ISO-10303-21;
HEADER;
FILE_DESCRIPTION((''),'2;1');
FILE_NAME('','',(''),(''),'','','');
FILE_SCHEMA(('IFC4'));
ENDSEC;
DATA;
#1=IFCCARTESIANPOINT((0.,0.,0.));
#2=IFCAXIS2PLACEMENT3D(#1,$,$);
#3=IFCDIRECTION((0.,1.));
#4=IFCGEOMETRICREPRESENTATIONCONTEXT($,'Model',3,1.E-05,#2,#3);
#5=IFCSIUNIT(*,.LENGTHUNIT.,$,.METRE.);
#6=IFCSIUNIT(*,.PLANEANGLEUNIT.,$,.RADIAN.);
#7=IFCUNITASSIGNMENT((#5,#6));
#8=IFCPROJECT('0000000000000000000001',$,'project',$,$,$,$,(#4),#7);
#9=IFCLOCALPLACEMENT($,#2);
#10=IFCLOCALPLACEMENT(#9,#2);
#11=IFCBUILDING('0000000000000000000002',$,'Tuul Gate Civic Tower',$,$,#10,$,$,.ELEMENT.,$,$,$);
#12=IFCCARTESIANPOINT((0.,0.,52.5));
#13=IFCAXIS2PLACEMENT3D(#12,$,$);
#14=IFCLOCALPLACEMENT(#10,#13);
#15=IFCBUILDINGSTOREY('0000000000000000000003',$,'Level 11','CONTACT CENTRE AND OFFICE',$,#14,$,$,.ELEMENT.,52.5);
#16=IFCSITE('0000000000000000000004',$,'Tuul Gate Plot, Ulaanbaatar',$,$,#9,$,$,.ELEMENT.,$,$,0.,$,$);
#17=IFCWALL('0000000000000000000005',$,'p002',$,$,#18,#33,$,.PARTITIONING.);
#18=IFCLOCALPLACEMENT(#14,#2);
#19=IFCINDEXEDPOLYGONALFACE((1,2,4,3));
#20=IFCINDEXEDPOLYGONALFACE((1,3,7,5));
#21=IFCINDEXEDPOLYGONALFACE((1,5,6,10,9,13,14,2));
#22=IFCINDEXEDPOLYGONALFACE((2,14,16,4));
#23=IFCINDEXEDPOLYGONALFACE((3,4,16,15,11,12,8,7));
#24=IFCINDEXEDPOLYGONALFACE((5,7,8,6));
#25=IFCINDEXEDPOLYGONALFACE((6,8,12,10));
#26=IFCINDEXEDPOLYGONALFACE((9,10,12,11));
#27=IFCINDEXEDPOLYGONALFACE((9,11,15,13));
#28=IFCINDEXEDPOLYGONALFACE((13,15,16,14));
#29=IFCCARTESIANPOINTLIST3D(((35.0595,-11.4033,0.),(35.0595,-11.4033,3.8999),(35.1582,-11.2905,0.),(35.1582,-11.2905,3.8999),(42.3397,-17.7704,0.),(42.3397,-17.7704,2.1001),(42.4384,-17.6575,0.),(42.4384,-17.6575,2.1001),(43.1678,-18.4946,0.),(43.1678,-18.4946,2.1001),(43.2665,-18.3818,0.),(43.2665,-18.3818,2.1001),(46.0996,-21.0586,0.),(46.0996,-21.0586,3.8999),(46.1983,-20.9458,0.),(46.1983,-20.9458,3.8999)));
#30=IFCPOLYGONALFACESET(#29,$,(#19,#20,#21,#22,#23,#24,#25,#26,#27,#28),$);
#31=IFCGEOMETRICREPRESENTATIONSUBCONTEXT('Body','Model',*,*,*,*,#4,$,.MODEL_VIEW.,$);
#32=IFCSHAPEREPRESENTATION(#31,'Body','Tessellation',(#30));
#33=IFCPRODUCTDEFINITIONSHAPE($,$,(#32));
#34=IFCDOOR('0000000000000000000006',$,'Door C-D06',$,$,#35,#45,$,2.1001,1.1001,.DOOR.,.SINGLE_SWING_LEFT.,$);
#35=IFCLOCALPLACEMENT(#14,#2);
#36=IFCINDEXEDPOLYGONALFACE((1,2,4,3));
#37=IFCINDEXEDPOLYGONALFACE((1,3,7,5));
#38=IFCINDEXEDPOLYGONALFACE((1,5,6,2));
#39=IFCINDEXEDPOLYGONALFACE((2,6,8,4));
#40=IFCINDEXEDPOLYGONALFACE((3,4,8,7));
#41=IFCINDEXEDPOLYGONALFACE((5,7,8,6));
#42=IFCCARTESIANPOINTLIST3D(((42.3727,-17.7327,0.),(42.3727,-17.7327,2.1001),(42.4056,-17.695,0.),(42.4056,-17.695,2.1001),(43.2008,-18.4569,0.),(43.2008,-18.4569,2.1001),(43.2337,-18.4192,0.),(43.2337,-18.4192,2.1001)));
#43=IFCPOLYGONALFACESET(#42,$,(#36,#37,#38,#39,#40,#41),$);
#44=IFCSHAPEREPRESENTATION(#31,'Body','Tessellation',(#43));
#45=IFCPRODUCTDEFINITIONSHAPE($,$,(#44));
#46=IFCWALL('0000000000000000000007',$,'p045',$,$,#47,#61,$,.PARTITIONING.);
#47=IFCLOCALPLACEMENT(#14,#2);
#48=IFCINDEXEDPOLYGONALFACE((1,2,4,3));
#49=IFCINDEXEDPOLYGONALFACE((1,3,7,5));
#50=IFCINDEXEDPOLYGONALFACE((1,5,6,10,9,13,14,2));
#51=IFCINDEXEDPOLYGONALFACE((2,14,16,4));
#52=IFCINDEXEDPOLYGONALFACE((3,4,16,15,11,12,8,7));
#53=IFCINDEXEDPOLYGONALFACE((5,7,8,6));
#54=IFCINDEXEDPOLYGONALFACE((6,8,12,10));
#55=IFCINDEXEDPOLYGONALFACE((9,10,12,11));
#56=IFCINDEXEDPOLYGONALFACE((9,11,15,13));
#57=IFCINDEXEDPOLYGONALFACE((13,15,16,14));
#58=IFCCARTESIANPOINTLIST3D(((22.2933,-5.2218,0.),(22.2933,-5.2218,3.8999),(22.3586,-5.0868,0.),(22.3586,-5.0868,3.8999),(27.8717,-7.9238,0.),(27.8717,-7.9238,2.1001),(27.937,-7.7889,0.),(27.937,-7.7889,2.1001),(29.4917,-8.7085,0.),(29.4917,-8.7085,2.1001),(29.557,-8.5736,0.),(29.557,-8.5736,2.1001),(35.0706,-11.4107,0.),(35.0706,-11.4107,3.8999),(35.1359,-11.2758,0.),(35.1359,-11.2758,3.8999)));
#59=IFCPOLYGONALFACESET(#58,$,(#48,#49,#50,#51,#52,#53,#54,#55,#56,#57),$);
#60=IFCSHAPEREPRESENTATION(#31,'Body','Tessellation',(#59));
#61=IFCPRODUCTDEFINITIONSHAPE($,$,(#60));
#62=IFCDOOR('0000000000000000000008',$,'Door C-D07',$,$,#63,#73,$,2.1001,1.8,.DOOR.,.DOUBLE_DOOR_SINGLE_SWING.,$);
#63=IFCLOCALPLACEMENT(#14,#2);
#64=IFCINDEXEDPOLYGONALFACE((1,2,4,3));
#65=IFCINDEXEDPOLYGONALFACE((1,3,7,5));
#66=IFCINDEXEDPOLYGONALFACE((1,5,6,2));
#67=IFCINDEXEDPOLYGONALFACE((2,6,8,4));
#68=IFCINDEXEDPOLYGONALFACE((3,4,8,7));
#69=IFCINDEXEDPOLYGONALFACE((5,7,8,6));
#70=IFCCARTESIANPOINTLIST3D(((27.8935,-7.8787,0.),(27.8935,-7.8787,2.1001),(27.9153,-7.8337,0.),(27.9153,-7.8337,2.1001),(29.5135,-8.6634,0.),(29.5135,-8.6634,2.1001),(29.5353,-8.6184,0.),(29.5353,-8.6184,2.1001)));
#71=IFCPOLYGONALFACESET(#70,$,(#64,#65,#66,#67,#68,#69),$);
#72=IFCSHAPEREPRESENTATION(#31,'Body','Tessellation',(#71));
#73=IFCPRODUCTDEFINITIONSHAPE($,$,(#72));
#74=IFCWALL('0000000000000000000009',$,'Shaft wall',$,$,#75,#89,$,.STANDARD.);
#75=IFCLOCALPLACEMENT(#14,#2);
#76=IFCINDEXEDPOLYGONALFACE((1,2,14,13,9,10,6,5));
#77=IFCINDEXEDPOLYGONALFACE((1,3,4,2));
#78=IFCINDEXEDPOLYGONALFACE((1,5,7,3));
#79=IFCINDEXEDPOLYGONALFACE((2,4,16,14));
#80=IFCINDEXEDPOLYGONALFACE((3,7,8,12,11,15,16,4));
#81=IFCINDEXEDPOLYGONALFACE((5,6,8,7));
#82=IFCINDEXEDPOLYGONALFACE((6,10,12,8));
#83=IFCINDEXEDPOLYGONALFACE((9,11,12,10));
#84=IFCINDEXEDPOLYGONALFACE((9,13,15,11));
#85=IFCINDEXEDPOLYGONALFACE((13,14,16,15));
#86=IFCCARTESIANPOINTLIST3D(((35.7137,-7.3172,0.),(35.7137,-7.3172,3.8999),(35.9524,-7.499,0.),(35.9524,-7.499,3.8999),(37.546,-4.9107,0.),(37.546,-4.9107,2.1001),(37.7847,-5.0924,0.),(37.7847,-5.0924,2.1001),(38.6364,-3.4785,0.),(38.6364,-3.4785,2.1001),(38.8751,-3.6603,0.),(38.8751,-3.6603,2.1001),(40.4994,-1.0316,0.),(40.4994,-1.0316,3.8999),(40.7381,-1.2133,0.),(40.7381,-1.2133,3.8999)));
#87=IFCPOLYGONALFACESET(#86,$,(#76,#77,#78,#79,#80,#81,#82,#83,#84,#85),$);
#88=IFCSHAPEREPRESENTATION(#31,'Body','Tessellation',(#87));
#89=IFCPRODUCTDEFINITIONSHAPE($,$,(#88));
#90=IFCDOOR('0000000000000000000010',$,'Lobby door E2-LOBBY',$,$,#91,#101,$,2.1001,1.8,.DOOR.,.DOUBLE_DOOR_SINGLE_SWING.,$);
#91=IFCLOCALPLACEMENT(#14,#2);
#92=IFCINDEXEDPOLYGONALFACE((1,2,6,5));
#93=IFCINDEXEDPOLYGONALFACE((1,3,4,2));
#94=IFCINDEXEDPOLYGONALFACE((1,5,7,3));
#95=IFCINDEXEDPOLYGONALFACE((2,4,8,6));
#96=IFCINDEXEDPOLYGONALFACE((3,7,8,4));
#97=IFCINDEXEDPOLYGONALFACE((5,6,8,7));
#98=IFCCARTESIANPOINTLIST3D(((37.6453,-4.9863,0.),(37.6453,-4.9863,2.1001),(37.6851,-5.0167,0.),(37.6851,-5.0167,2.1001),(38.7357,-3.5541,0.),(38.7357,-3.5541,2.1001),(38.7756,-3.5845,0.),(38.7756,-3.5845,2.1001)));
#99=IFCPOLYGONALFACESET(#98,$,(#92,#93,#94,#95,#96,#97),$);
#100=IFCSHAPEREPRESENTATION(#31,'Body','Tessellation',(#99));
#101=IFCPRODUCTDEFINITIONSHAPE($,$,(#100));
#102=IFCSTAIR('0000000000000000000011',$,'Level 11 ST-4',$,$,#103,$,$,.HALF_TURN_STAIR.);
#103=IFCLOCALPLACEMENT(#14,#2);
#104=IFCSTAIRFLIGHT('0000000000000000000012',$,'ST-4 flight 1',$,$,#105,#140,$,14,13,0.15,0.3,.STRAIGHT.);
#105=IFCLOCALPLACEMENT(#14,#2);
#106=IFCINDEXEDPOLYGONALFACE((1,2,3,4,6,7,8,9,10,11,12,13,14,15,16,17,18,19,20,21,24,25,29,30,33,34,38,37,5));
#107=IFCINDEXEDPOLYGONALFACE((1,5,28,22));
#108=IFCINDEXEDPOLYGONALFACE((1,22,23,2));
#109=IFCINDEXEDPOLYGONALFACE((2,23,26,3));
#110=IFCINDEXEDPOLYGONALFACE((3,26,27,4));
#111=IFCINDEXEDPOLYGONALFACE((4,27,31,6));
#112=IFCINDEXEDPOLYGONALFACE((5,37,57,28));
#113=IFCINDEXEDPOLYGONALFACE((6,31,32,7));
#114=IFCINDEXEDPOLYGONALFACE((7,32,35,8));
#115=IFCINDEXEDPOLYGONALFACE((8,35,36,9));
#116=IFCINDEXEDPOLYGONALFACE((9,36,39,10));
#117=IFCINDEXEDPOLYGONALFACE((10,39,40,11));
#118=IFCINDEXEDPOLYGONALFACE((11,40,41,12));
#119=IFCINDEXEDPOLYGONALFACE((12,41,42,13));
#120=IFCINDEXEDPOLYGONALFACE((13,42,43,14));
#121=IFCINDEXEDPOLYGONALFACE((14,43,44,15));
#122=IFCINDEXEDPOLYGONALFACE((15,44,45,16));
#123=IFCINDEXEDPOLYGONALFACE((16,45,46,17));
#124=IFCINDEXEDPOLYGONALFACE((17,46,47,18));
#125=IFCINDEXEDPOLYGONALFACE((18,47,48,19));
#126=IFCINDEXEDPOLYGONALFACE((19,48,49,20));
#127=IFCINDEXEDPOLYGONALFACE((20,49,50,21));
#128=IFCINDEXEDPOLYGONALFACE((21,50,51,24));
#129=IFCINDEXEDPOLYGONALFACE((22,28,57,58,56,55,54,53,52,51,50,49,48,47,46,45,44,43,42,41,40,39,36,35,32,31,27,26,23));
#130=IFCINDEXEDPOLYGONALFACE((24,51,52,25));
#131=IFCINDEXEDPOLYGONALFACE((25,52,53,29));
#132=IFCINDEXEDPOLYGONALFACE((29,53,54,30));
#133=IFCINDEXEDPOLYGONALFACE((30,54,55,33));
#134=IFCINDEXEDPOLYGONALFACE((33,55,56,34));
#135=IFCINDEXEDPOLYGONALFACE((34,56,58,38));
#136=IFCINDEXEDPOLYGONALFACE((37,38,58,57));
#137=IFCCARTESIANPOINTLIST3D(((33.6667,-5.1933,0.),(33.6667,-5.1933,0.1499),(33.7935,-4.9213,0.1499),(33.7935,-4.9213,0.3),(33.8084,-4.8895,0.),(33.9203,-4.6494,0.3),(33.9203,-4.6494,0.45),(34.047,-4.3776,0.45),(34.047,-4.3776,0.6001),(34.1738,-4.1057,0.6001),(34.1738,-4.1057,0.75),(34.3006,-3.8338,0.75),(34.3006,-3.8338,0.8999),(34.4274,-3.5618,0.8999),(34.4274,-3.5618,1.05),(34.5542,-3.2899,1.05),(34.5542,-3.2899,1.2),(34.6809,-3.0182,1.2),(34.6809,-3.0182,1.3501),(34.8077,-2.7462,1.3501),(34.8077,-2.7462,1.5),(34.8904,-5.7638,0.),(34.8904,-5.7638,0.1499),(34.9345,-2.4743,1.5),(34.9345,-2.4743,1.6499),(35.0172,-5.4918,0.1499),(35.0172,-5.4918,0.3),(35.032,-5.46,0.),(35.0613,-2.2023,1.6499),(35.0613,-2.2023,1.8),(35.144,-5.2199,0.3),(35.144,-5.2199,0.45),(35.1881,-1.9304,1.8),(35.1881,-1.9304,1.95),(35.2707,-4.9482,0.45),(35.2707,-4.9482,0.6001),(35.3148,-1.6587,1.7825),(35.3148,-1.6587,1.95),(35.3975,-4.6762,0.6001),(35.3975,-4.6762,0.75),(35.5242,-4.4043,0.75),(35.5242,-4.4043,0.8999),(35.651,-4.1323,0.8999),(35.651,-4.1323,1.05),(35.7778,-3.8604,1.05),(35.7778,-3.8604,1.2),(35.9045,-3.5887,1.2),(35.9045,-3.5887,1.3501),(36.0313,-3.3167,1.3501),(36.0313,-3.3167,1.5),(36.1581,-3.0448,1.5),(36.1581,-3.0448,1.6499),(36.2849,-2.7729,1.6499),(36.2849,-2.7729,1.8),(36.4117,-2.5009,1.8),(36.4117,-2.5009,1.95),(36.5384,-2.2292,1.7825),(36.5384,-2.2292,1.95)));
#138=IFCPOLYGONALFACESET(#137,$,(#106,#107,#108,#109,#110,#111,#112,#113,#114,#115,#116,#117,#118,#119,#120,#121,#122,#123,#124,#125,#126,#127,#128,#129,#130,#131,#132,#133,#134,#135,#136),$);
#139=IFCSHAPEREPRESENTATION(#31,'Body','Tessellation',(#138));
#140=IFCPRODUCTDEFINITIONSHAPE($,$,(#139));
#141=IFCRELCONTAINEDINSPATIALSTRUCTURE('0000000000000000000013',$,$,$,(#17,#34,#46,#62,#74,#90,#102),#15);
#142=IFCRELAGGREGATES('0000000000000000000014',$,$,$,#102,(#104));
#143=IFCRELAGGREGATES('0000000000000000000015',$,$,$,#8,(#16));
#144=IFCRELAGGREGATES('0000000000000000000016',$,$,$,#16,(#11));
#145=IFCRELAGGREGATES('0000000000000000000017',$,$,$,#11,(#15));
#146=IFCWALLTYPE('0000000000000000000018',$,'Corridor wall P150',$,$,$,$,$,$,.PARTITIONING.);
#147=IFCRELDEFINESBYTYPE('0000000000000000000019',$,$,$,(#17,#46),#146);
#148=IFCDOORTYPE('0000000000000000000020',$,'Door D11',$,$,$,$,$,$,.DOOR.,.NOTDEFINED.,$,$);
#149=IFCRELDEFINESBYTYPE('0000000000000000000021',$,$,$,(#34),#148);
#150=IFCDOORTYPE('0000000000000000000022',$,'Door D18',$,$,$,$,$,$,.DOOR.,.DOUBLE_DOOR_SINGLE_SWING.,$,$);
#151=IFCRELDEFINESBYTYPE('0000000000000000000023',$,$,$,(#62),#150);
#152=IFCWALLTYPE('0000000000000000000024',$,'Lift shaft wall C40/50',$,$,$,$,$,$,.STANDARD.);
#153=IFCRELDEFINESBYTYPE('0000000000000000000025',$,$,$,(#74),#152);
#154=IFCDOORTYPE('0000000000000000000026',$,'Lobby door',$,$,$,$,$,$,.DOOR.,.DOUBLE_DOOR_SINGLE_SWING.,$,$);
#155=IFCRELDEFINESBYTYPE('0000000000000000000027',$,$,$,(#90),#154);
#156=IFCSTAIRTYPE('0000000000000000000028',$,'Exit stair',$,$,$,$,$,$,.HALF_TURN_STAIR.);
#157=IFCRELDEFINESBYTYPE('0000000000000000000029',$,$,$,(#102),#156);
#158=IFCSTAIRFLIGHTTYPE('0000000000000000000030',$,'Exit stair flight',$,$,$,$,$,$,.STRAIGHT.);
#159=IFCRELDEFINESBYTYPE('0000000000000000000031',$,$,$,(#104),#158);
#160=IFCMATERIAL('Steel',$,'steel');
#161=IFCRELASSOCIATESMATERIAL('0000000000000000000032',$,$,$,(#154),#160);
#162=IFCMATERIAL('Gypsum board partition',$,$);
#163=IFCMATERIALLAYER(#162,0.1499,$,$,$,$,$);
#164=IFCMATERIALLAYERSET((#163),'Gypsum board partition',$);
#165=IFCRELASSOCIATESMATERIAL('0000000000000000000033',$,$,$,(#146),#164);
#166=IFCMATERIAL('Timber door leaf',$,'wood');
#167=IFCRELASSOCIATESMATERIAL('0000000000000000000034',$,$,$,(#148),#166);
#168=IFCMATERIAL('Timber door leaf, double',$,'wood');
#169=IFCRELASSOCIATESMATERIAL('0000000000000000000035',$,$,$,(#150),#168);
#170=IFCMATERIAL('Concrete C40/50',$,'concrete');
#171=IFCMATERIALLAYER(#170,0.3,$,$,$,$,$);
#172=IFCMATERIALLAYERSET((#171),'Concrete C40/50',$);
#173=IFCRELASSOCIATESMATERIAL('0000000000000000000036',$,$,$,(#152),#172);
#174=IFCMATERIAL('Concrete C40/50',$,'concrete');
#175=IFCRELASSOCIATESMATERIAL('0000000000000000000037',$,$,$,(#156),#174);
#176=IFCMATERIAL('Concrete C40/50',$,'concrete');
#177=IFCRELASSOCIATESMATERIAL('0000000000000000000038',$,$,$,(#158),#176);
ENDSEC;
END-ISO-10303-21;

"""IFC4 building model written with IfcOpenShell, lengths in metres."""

from ifc_helpers import new_model, si_unit, direction, frame, frame_2d, origin, place, context, subcontext, project, spatial, polyline, rectangle, outline, extrude, material, layer, layer_set, type_object, element, fill, aggregate, save


model = new_model("IFC4")

# Units and contexts
model_context = context("Model", 3, precision=1e-05, world=origin(), true_north=direction((0.0, 1.0)))
body_context = subcontext(model_context, "Body", "Model", "MODEL_VIEW")
ifc_project = project(units=[si_unit("LENGTHUNIT", "METRE"), si_unit("PLANEANGLEUNIT", "RADIAN")], contexts=[model_context])

# Site, building, storey
site_placement = place(None, origin())
site = spatial("IfcSite", under=ifc_project, at=site_placement, Name="Tuul Gate Plot, Ulaanbaatar", CompositionType="ELEMENT", RefElevation=0.0)
building_placement = place(site_placement, origin())
building = spatial("IfcBuilding", under=site, at=building_placement, Name="Tuul Gate Civic Tower", CompositionType="ELEMENT")
storey_placement = place(building_placement, frame((0.0, 0.0, 52.5)))
storey = spatial("IfcBuildingStorey", under=building, at=storey_placement, Name="Level 11", Description="CONTACT CENTRE AND OFFICE", CompositionType="ELEMENT", Elevation=52.5)

# Shared definitions
ifc_material_1 = material(Name="Steel", Category="steel")
door_type_1 = type_object("IfcDoorType", Name="Lobby door", OperationType="DOUBLE_DOOR_SINGLE_SWING", PredefinedType="DOOR", material=ifc_material_1)

# Walls, openings, doors
ifc_material_2 = material(Name="Gypsum board partition")
ifc_layer_1 = layer(ifc_material_2, 0.1499)
ifc_layer_set_1 = layer_set([ifc_layer_1], Name="Gypsum board partition")
wall_type_1 = type_object("IfcWallType", Name="Corridor wall P150", PredefinedType="PARTITIONING", material=ifc_layer_set_1)
wall_1_placement = place(storey_placement, frame((35.1089, -11.3469, 0.0), z_axis=(0.0, 0.0, 1.0), x_axis=(0.752738, -0.658321, 0.0)))
wall_1 = element("IfcWall", 1, at=wall_1_placement, inside=storey, type_object=wall_type_1, Name="p002", PredefinedType="PARTITIONING", context=body_context, shape_type="SweptSolid", body=[
    extrude(rectangle(XDim=14.6665, YDim=0.1499, at=frame_2d((7.3333, 0.0))), origin(), (0.0, 0.0, 1.0), 3.8999),
])
opening_1_placement = place(wall_1_placement, frame((9.6716, 0.0, 0.0)))
opening_1 = element("IfcOpeningElement", 2, at=opening_1_placement, cuts=wall_1, PredefinedType="OPENING", context=body_context, shape_type="SweptSolid", body=[
    extrude(rectangle(XDim=1.1001, YDim=2.1001, at=frame_2d((0.55, 1.05))), frame((0.0, 0.085, 0.0), z_axis=(0.0, -1.0, 0.0), x_axis=(1.0, 0.0, 0.0)), (0.0, 0.0, 1.0), 0.1699),
])
ifc_material_3 = material(Name="Timber door leaf", Category="wood")
door_type_2 = type_object("IfcDoorType", Name="Door D11", OperationType="NOTDEFINED", PredefinedType="DOOR", material=ifc_material_3)
door_1_placement = place(opening_1_placement, frame((1.1001, 0.0, 0.0), z_axis=(0.0, 0.0, 1.0), x_axis=(-1.0, 0.0, 0.0)))
door_1 = element("IfcDoor", 3, at=door_1_placement, inside=storey, type_object=door_type_2, Name="Door C-D06", OperationType="SINGLE_SWING_LEFT", OverallHeight=2.1001, OverallWidth=1.1001, PredefinedType="DOOR", context=body_context, shape_type="SweptSolid", body=[
    extrude(rectangle(XDim=1.1001, YDim=2.1001, at=frame_2d((0.55, 1.05))), frame((0.0, 0.0249, 0.0), z_axis=(0.0, -1.0, 0.0), x_axis=(1.0, 0.0, 0.0)), (0.0, 0.0, 1.0), 0.05),
])
fill(opening_1, door_1)
wall_2_placement = place(storey_placement, frame((22.3259, -5.1543, 0.0), z_axis=(0.0, 0.0, 1.0), x_axis=(0.899983, -0.435925, 0.0)))
wall_2 = element("IfcWall", 4, at=wall_2_placement, inside=storey, type_object=wall_type_1, Name="p045", PredefinedType="PARTITIONING", context=body_context, shape_type="SweptSolid", body=[
    extrude(rectangle(XDim=14.1973, YDim=0.1499, at=frame_2d((7.0986, 0.0))), origin(), (0.0, 0.0, 1.0), 3.8999),
])
opening_2_placement = place(wall_2_placement, frame((6.1985, 0.0, 0.0)))
opening_2 = element("IfcOpeningElement", 5, at=opening_2_placement, cuts=wall_2, PredefinedType="OPENING", context=body_context, shape_type="SweptSolid", body=[
    extrude(rectangle(XDim=1.8, YDim=2.1001, at=frame_2d((0.8999, 1.05))), frame((0.0, 0.085, 0.0), z_axis=(0.0, -1.0, 0.0), x_axis=(1.0, 0.0, 0.0)), (0.0, 0.0, 1.0), 0.1699),
])
ifc_material_4 = material(Name="Timber door leaf, double", Category="wood")
door_type_3 = type_object("IfcDoorType", Name="Door D18", OperationType="DOUBLE_DOOR_SINGLE_SWING", PredefinedType="DOOR", material=ifc_material_4)
door_2_placement = place(opening_2_placement, frame((1.8, 0.0, 0.0), z_axis=(0.0, 0.0, 1.0), x_axis=(-1.0, 0.0, 0.0)))
door_2 = element("IfcDoor", 6, at=door_2_placement, inside=storey, type_object=door_type_3, Name="Door C-D07", OperationType="DOUBLE_DOOR_SINGLE_SWING", OverallHeight=2.1001, OverallWidth=1.8, PredefinedType="DOOR", context=body_context, shape_type="SweptSolid", body=[
    extrude(rectangle(XDim=1.8, YDim=2.1001, at=frame_2d((0.9001, 1.05))), frame((0.0, 0.0249, 0.0), z_axis=(0.0, -1.0, 0.0), x_axis=(1.0, 0.0, 0.0)), (0.0, 0.0, 1.0), 0.05),
])
fill(opening_2, door_2)
ifc_material_5 = material(Name="Concrete C40/50", Category="concrete")
ifc_layer_2 = layer(ifc_material_5, 0.3)
ifc_layer_set_2 = layer_set([ifc_layer_2], Name="Concrete C40/50")
wall_type_2 = type_object("IfcWallType", Name="Lift shaft wall C40/50", PredefinedType="STANDARD", material=ifc_layer_set_2)
wall_3_placement = place(storey_placement, frame((35.833, -7.4082, 0.0), z_axis=(0.0, 0.0, 1.0), x_axis=(0.605769, 0.79564, 0.0)))
wall_3 = element("IfcWall", 7, at=wall_3_placement, inside=storey, type_object=wall_type_2, Name="Shaft wall", PredefinedType="STANDARD", context=body_context, shape_type="SweptSolid", body=[
    extrude(rectangle(XDim=7.9001, YDim=0.3, at=frame_2d((3.9502, 0.0))), origin(), (0.0, 0.0, 1.0), 3.8999),
])
opening_3_placement = place(wall_3_placement, frame((3.0249, 0.0, 0.0)))
opening_3 = element("IfcOpeningElement", 8, at=opening_3_placement, cuts=wall_3, PredefinedType="OPENING", context=body_context, shape_type="SweptSolid", body=[
    extrude(rectangle(XDim=1.8, YDim=2.1001, at=frame_2d((0.8999, 1.05))), frame((0.0, 0.1602, 0.0), z_axis=(0.0, -1.0, 0.0), x_axis=(1.0, 0.0, 0.0)), (0.0, 0.0, 1.0), 0.3201),
])
door_3_placement = place(opening_3_placement, frame((1.8, 0.0, 0.0), z_axis=(0.0, 0.0, 1.0), x_axis=(-1.0, 0.0, 0.0)))
door_3 = element("IfcDoor", 9, at=door_3_placement, inside=storey, type_object=door_type_1, Name="Lobby door E2-LOBBY", OperationType="DOUBLE_DOOR_SINGLE_SWING", OverallHeight=2.1001, OverallWidth=1.8, PredefinedType="DOOR", context=body_context, shape_type="SweptSolid", body=[
    extrude(rectangle(XDim=1.8, YDim=2.1001, at=frame_2d((0.9001, 1.05))), frame((0.0, 0.0249, 0.0), z_axis=(0.0, -1.0, 0.0), x_axis=(1.0, 0.0, 0.0)), (0.0, 0.0, 1.0), 0.05),
])
fill(opening_3, door_3)

# Stair, stair flight
ifc_material_6 = material(Name="Concrete C40/50", Category="concrete")
stair_type = type_object("IfcStairType", Name="Exit stair", PredefinedType="HALF_TURN_STAIR", material=ifc_material_6)
stair_placement = place(storey_placement, origin())
stair = element("IfcStair", 10, at=stair_placement, inside=storey, type_object=stair_type, Name="Level 11 ST-4", PredefinedType="HALF_TURN_STAIR")
ifc_material_7 = material(Name="Concrete C40/50", Category="concrete")
stair_flight_type = type_object("IfcStairFlightType", Name="Exit stair flight", PredefinedType="STRAIGHT", material=ifc_material_7)
stair_flight_placement = place(storey_placement, frame((34.2786, -5.4785, 0.0), z_axis=(0.0, 0.0, 1.0), x_axis=(0.422576, 0.906327, 0.0)))
stair_flight = element("IfcStairFlight", 11, at=stair_flight_placement, type_object=stair_flight_type, Name="ST-4 flight 1", NumberOfRisers=14, NumberOfTreads=13, PredefinedType="STRAIGHT", RiserHeight=0.15, TreadLength=0.3, context=body_context, shape_type="SweptSolid", body=[
    extrude(outline(polyline([(0.0, 0.0), (0.0, 0.1499), (0.3, 0.1499), (0.3, 0.3), (0.6001, 0.3), (0.6001, 0.45), (0.8999, 0.45), (0.8999, 0.6001), (1.2, 0.6001), (1.2, 0.75), (1.5, 0.75), (1.5, 0.8999), (1.8, 0.8999), (1.8, 1.05), (2.1001, 1.05), (2.1001, 1.2), (2.3999, 1.2), (2.3999, 1.3501), (2.7, 1.3501), (2.7, 1.5), (3.0, 1.5), (3.0, 1.6499), (3.3, 1.6499), (3.3, 1.8), (3.6001, 1.8), (3.6001, 1.95), (3.8999, 1.95), (3.8999, 2.1001), (3.8999, 1.7825), (0.3352, 0.0), (0.0, 0.0)])), frame((0.0, 0.675, 0.0), z_axis=(0.0, -1.0, 0.0), x_axis=(1.0, 0.0, 0.0)), (0.0, 0.0, 1.0), 1.3501),
])
aggregate(stair, [stair_flight])

save(model, "model.ifc")
